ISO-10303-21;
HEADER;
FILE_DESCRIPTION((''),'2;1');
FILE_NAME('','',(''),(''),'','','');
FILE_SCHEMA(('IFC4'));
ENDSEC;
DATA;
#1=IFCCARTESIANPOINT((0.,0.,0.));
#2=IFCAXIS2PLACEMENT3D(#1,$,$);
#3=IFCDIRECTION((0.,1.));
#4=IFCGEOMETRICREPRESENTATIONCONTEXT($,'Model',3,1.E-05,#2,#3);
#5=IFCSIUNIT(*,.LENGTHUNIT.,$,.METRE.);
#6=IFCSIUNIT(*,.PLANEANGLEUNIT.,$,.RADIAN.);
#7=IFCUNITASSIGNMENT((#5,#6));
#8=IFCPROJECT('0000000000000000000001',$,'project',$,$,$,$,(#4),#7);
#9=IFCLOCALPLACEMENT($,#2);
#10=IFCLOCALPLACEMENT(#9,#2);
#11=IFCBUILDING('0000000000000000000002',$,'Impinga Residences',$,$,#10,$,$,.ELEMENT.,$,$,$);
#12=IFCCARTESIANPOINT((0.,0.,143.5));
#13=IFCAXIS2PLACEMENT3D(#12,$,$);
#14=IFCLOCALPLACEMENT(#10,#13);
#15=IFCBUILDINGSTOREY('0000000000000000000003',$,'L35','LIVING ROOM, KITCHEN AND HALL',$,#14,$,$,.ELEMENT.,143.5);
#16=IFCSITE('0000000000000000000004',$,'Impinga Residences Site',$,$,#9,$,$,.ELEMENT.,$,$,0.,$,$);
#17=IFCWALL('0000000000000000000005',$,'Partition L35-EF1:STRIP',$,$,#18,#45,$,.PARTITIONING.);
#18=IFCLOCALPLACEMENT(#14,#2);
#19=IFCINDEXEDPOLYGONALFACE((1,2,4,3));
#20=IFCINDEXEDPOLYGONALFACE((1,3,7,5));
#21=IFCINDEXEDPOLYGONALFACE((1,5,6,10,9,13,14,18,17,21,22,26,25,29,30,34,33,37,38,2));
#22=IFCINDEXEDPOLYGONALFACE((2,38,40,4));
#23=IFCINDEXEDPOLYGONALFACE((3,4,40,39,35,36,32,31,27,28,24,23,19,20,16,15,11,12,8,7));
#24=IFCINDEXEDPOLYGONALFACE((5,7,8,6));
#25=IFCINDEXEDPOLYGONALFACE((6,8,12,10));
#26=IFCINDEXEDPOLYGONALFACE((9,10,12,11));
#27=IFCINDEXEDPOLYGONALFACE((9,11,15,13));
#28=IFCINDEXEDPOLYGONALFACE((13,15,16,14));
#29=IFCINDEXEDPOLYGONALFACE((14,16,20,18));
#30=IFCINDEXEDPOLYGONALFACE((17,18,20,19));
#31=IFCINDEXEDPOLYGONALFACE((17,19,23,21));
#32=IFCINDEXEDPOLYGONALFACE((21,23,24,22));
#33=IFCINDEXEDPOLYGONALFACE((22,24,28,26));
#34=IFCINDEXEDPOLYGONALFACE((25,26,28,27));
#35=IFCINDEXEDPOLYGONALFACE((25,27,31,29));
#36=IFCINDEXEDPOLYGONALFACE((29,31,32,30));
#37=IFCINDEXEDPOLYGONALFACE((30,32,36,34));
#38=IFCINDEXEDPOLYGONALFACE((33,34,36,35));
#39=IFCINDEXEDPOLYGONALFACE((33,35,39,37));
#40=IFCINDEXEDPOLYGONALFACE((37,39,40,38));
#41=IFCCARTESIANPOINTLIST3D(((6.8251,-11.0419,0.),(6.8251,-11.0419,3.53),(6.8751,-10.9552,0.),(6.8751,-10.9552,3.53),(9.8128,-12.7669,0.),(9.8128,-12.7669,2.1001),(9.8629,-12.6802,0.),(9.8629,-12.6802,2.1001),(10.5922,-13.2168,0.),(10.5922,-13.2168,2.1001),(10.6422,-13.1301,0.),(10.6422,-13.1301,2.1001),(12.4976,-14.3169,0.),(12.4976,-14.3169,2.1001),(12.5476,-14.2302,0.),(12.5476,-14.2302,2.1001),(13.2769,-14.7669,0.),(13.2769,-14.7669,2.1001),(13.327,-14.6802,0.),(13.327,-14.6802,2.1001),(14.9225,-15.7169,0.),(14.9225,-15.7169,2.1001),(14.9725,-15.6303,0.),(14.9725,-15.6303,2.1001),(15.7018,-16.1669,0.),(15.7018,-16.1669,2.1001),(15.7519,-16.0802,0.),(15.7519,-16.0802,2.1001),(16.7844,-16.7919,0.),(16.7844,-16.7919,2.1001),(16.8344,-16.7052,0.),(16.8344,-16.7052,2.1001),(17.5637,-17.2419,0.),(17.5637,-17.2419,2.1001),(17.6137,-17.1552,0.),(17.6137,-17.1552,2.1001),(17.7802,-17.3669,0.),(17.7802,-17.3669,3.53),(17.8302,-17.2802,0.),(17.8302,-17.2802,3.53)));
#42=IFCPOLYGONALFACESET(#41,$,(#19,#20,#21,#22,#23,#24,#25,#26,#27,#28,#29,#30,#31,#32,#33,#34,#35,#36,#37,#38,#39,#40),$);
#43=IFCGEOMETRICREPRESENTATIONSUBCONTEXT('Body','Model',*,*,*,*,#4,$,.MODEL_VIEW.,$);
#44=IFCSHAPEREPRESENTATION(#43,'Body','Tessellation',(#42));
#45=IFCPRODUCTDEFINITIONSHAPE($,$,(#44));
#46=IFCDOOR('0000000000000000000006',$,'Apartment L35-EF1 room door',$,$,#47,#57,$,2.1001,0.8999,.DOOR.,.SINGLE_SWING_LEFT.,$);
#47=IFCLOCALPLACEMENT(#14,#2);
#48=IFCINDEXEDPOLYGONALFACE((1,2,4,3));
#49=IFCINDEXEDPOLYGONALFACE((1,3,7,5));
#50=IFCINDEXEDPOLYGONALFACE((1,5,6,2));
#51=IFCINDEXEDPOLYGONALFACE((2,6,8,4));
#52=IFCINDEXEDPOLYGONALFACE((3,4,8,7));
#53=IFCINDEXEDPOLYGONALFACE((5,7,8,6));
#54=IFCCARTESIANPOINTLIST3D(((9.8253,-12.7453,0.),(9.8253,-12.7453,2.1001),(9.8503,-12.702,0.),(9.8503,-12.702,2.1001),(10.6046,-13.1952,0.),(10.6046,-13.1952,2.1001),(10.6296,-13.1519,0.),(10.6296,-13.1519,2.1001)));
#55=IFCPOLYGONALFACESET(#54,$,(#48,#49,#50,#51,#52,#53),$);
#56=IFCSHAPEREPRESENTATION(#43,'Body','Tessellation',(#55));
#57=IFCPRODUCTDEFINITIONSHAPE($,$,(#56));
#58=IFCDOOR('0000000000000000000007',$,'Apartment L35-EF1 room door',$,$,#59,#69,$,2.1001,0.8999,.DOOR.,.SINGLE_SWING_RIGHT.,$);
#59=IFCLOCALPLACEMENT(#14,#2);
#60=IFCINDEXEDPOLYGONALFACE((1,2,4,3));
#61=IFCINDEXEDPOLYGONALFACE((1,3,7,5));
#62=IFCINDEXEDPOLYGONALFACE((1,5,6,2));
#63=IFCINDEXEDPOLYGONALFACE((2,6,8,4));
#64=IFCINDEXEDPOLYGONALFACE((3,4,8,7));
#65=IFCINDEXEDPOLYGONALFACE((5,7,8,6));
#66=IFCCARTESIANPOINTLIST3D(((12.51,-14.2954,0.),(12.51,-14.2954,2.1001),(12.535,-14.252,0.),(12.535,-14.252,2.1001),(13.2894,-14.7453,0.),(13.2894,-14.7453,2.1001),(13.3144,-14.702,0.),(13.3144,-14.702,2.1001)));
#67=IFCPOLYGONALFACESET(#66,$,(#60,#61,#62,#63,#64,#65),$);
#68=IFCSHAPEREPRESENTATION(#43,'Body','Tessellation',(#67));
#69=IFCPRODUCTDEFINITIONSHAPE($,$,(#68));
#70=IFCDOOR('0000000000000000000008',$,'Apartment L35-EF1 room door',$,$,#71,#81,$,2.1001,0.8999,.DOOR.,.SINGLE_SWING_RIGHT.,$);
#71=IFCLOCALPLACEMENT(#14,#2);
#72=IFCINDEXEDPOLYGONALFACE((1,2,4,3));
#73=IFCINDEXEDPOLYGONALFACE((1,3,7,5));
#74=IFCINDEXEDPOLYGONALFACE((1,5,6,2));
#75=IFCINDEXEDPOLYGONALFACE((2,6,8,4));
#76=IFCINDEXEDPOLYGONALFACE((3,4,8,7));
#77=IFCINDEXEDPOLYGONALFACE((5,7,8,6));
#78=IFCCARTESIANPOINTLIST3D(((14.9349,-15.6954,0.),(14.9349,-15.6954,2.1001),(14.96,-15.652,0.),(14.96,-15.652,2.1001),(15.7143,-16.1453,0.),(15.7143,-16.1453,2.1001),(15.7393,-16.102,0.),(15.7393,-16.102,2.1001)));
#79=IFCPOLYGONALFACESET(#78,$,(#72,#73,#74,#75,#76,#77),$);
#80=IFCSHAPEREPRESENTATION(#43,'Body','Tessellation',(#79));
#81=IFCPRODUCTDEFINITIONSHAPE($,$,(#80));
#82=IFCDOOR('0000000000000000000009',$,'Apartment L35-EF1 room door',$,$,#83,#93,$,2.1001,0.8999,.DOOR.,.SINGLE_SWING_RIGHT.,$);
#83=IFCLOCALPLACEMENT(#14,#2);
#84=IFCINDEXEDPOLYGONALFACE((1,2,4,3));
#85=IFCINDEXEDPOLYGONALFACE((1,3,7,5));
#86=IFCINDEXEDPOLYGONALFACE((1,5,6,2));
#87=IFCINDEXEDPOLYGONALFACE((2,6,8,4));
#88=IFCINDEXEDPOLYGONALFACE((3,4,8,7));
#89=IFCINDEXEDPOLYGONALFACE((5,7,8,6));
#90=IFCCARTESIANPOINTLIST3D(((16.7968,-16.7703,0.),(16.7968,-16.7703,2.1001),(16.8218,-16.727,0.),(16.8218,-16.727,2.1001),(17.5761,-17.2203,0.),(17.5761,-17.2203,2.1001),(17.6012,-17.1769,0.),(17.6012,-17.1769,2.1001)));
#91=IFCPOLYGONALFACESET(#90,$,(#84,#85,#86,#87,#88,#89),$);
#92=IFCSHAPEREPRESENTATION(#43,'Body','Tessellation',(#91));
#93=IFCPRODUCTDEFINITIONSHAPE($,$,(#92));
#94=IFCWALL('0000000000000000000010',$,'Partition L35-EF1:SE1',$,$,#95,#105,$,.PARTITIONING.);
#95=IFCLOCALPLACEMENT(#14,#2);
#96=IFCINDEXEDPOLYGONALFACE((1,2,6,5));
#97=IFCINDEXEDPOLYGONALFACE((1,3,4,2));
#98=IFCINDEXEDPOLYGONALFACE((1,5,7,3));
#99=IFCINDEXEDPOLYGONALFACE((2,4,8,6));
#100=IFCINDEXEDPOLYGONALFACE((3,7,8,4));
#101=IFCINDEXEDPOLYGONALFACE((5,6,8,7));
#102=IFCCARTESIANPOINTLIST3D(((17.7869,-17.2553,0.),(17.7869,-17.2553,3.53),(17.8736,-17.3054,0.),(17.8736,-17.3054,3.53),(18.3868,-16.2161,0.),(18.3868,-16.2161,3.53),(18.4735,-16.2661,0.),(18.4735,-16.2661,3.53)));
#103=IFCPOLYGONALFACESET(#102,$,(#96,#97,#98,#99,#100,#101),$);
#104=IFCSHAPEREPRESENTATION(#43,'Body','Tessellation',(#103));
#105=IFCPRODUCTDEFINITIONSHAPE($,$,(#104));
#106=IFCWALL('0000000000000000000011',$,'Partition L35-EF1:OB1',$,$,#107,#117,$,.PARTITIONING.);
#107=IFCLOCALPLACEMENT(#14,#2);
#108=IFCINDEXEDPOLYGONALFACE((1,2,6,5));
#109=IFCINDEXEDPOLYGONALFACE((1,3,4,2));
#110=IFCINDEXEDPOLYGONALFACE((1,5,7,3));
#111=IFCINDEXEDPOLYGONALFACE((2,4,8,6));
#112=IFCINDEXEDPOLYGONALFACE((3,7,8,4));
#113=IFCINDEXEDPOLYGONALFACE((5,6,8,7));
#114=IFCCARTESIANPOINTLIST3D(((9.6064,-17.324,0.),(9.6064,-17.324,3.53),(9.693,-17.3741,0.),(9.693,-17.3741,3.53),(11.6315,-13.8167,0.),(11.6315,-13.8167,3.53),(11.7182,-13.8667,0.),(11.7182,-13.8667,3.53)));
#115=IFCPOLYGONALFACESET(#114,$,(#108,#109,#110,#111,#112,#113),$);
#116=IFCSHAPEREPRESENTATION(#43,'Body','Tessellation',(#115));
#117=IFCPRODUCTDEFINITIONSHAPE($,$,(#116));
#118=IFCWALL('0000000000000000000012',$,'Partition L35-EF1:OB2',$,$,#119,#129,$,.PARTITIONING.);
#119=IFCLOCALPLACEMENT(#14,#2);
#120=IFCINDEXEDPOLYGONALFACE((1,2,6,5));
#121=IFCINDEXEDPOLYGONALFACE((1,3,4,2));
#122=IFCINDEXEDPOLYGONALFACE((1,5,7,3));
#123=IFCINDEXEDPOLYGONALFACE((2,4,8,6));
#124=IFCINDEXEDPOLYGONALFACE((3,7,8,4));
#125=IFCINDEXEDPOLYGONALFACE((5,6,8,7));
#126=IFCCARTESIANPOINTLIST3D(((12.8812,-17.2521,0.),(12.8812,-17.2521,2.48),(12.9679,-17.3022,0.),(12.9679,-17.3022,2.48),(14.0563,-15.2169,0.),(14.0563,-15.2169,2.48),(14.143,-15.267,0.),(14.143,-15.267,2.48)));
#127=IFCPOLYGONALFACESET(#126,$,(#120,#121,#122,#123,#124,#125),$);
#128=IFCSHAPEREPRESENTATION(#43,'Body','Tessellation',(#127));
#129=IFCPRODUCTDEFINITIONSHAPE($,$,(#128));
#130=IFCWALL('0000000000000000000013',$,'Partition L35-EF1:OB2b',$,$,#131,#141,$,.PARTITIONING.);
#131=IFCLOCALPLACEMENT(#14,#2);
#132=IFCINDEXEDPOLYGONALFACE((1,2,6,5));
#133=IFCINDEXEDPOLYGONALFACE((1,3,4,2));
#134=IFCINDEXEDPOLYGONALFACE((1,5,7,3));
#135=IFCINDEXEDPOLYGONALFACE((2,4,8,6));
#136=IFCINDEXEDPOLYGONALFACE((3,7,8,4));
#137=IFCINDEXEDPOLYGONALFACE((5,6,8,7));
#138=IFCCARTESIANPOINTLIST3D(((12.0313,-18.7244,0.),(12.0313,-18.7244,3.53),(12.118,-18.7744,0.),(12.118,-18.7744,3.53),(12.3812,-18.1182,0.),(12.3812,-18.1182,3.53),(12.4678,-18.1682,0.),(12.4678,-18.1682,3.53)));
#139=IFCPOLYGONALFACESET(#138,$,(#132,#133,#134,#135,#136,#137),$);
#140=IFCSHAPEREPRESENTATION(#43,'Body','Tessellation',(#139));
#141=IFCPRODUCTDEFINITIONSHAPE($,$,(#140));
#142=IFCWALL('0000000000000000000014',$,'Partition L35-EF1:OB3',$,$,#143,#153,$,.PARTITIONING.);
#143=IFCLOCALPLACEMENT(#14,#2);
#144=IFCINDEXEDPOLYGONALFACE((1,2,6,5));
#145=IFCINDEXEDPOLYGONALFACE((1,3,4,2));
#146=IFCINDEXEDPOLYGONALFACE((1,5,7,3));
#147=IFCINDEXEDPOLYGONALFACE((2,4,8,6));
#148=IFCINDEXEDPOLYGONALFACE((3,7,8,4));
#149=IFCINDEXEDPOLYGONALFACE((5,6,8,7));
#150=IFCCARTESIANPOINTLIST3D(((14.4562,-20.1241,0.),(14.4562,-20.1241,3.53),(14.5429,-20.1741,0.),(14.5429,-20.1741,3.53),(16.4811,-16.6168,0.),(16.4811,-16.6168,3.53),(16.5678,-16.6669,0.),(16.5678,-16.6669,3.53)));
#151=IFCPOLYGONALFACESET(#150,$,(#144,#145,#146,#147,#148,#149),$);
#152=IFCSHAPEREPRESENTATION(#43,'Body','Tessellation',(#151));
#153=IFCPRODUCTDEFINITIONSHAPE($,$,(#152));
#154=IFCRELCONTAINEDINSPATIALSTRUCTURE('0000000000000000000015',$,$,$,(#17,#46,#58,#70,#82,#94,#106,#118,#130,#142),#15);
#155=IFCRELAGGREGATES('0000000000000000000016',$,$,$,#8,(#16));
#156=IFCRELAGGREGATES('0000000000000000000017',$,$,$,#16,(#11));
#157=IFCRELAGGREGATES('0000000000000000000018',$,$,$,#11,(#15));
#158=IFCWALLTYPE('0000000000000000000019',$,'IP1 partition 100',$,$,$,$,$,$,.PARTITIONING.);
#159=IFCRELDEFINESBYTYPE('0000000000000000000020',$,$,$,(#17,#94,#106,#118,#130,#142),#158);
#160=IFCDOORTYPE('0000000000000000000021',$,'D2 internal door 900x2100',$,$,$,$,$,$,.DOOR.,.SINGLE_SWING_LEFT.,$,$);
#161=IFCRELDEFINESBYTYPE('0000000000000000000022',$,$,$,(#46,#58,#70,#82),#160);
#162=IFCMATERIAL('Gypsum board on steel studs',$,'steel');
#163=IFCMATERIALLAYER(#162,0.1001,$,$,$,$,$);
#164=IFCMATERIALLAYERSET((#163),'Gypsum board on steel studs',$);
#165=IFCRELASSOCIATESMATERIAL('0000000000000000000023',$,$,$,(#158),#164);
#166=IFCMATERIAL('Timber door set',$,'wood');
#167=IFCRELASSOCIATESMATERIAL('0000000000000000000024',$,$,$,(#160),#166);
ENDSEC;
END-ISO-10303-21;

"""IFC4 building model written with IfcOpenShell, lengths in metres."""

from ifc_helpers import new_model, si_unit, direction, frame, frame_2d, origin, place, context, subcontext, project, spatial, rectangle, extrude, material, layer, layer_set, type_object, element, fill, save


model = new_model("IFC4")

# Units and contexts
model_context = context("Model", 3, precision=1e-05, world=origin(), true_north=direction((0.0, 1.0)))
body_context = subcontext(model_context, "Body", "Model", "MODEL_VIEW")
ifc_project = project(units=[si_unit("LENGTHUNIT", "METRE"), si_unit("PLANEANGLEUNIT", "RADIAN")], contexts=[model_context])

# Site, building, storey
site_placement = place(None, origin())
site = spatial("IfcSite", under=ifc_project, at=site_placement, Name="Impinga Residences Site", CompositionType="ELEMENT", RefElevation=0.0)
building_placement = place(site_placement, origin())
building = spatial("IfcBuilding", under=site, at=building_placement, Name="Impinga Residences", CompositionType="ELEMENT")
storey_placement = place(building_placement, frame((0.0, 0.0, 143.5)))
storey = spatial("IfcBuildingStorey", under=building, at=storey_placement, Name="L35", Description="LIVING ROOM, KITCHEN AND HALL", CompositionType="ELEMENT", Elevation=143.5)

# Shared definitions
ifc_material_1 = material(Name="Gypsum board on steel studs", Category="steel")
ifc_layer_1 = layer(ifc_material_1, 0.1001)
ifc_layer_set_1 = layer_set([ifc_layer_1], Name="Gypsum board on steel studs")
wall_type_1 = type_object("IfcWallType", Name="IP1 partition 100", PredefinedType="PARTITIONING", material=ifc_layer_set_1)

# Wall, openings, doors
wall_1_placement = place(storey_placement, frame((6.8501, -10.9985, 0.0), z_axis=(0.0, 0.0, 1.0), x_axis=(0.866024, -0.500002, 0.0)))
wall_1 = element("IfcWall", 1, at=wall_1_placement, inside=storey, type_object=wall_type_1, Name="Partition L35-EF1:STRIP", PredefinedType="PARTITIONING", context=body_context, shape_type="SweptSolid", body=[
    extrude(rectangle(XDim=12.6499, YDim=0.1001, at=frame_2d((6.325, 0.0))), origin(), (0.0, 0.0, 1.0), 3.53),
])
opening_1_placement = place(wall_1_placement, frame((3.45, 0.0, 0.0)))
opening_1 = element("IfcOpeningElement", 2, at=opening_1_placement, cuts=wall_1, PredefinedType="OPENING", context=body_context, shape_type="SweptSolid", body=[
    extrude(rectangle(XDim=0.8999, YDim=2.1001, at=frame_2d((0.45, 1.05))), frame((0.0, 0.0601, 0.0), z_axis=(0.0, -1.0, 0.0), x_axis=(1.0, 0.0, 0.0)), (0.0, 0.0, 1.0), 0.1201),
])
opening_2_placement = place(wall_1_placement, frame((6.55, 0.0, 0.0)))
opening_2 = element("IfcOpeningElement", 3, at=opening_2_placement, cuts=wall_1, PredefinedType="OPENING", context=body_context, shape_type="SweptSolid", body=[
    extrude(rectangle(XDim=0.8999, YDim=2.1001, at=frame_2d((0.45, 1.05))), frame((0.0, 0.0601, 0.0), z_axis=(0.0, -1.0, 0.0), x_axis=(1.0, 0.0, 0.0)), (0.0, 0.0, 1.0), 0.1201),
])
opening_3_placement = place(wall_1_placement, frame((9.3501, 0.0, 0.0)))
opening_3 = element("IfcOpeningElement", 4, at=opening_3_placement, cuts=wall_1, PredefinedType="OPENING", context=body_context, shape_type="SweptSolid", body=[
    extrude(rectangle(XDim=0.8999, YDim=2.1001, at=frame_2d((0.45, 1.05))), frame((0.0, 0.0601, 0.0), z_axis=(0.0, -1.0, 0.0), x_axis=(1.0, 0.0, 0.0)), (0.0, 0.0, 1.0), 0.1201),
])
opening_4_placement = place(wall_1_placement, frame((11.5, 0.0, 0.0)))
opening_4 = element("IfcOpeningElement", 5, at=opening_4_placement, cuts=wall_1, PredefinedType="OPENING", context=body_context, shape_type="SweptSolid", body=[
    extrude(rectangle(XDim=0.8999, YDim=2.1001, at=frame_2d((0.45, 1.05))), frame((0.0, 0.0601, 0.0), z_axis=(0.0, -1.0, 0.0), x_axis=(1.0, 0.0, 0.0)), (0.0, 0.0, 1.0), 0.1201),
])
ifc_material_2 = material(Name="Timber door set", Category="wood")
door_type = type_object("IfcDoorType", Name="D2 internal door 900x2100", OperationType="SINGLE_SWING_LEFT", PredefinedType="DOOR", material=ifc_material_2)
door_1_placement = place(opening_1_placement, origin())
door_1 = element("IfcDoor", 6, at=door_1_placement, inside=storey, type_object=door_type, Name="Apartment L35-EF1 room door", OperationType="SINGLE_SWING_LEFT", OverallHeight=2.1001, OverallWidth=0.8999, PredefinedType="DOOR", context=body_context, shape_type="SweptSolid", body=[
    extrude(rectangle(XDim=0.8999, YDim=2.1001, at=frame_2d((0.45, 1.05))), frame((0.0, 0.0249, 0.0), z_axis=(0.0, -1.0, 0.0), x_axis=(1.0, 0.0, 0.0)), (0.0, 0.0, 1.0), 0.05),
])
fill(opening_1, door_1)
door_2_placement = place(opening_2_placement, origin())
door_2 = element("IfcDoor", 7, at=door_2_placement, inside=storey, type_object=door_type, Name="Apartment L35-EF1 room door", OperationType="SINGLE_SWING_RIGHT", OverallHeight=2.1001, OverallWidth=0.8999, PredefinedType="DOOR", context=body_context, shape_type="SweptSolid", body=[
    extrude(rectangle(XDim=0.8999, YDim=2.1001, at=frame_2d((0.45, 1.05))), frame((0.0, 0.0249, 0.0), z_axis=(0.0, -1.0, 0.0), x_axis=(1.0, 0.0, 0.0)), (0.0, 0.0, 1.0), 0.05),
])
fill(opening_2, door_2)
door_3_placement = place(opening_3_placement, origin())
door_3 = element("IfcDoor", 8, at=door_3_placement, inside=storey, type_object=door_type, Name="Apartment L35-EF1 room door", OperationType="SINGLE_SWING_RIGHT", OverallHeight=2.1001, OverallWidth=0.8999, PredefinedType="DOOR", context=body_context, shape_type="SweptSolid", body=[
    extrude(rectangle(XDim=0.8999, YDim=2.1001, at=frame_2d((0.45, 1.05))), frame((0.0, 0.0249, 0.0), z_axis=(0.0, -1.0, 0.0), x_axis=(1.0, 0.0, 0.0)), (0.0, 0.0, 1.0), 0.05),
])
fill(opening_3, door_3)
door_4_placement = place(opening_4_placement, origin())
door_4 = element("IfcDoor", 9, at=door_4_placement, inside=storey, type_object=door_type, Name="Apartment L35-EF1 room door", OperationType="SINGLE_SWING_RIGHT", OverallHeight=2.1001, OverallWidth=0.8999, PredefinedType="DOOR", context=body_context, shape_type="SweptSolid", body=[
    extrude(rectangle(XDim=0.8999, YDim=2.1001, at=frame_2d((0.45, 1.05))), frame((0.0, 0.0249, 0.0), z_axis=(0.0, -1.0, 0.0), x_axis=(1.0, 0.0, 0.0)), (0.0, 0.0, 1.0), 0.05),
])
fill(opening_4, door_4)

# Walls
wall_2_placement = place(storey_placement, frame((18.4302, -16.241, 0.0), z_axis=(0.0, 0.0, 1.0), x_axis=(-0.499881, -0.866094, 0.0)))
element("IfcWall", 10, at=wall_2_placement, inside=storey, type_object=wall_type_1, Name="Partition L35-EF1:SE1", PredefinedType="PARTITIONING", context=body_context, shape_type="SweptSolid", body=[
    extrude(rectangle(XDim=1.2, YDim=0.1001, at=frame_2d((0.6001, 0.0))), origin(), (0.0, 0.0, 1.0), 3.53),
])
wall_3_placement = place(storey_placement, frame((11.6748, -13.8418, 0.0), z_axis=(0.0, 0.0, 1.0), x_axis=(-0.500036, -0.866005, 0.0)))
element("IfcWall", 11, at=wall_3_placement, inside=storey, type_object=wall_type_1, Name="Partition L35-EF1:OB1", PredefinedType="PARTITIONING", context=body_context, shape_type="SweptSolid", body=[
    extrude(rectangle(XDim=4.05, YDim=0.1001, at=frame_2d((2.0249, 0.0))), origin(), (0.0, 0.0, 1.0), 3.53),
])
wall_4_placement = place(storey_placement, frame((14.0996, -15.2419, 0.0), z_axis=(0.0, 0.0, 1.0), x_axis=(-0.500016, -0.866016, 0.0)))
element("IfcWall", 12, at=wall_4_placement, inside=storey, type_object=wall_type_1, Name="Partition L35-EF1:OB2", PredefinedType="PARTITIONING", context=body_context, shape_type="SweptSolid", body=[
    extrude(rectangle(XDim=2.3501, YDim=0.1001, at=frame_2d((1.175, 0.0))), origin(), (0.0, 0.0, 1.0), 2.48),
])
wall_5_placement = place(storey_placement, frame((12.4246, -18.1431, 0.0), z_axis=(0.0, 0.0, 1.0), x_axis=(-0.499853, -0.86611, 0.0)))
element("IfcWall", 13, at=wall_5_placement, inside=storey, type_object=wall_type_1, Name="Partition L35-EF1:OB2b", PredefinedType="PARTITIONING", context=body_context, shape_type="SweptSolid", body=[
    extrude(rectangle(XDim=0.7, YDim=0.1001, at=frame_2d((0.3501, 0.0))), origin(), (0.0, 0.0, 1.0), 3.53),
])
wall_6_placement = place(storey_placement, frame((16.5244, -16.6418, 0.0), z_axis=(0.0, 0.0, 1.0), x_axis=(-0.49999, -0.866031, 0.0)))
element("IfcWall", 14, at=wall_6_placement, inside=storey, type_object=wall_type_1, Name="Partition L35-EF1:OB3", PredefinedType="PARTITIONING", context=body_context, shape_type="SweptSolid", body=[
    extrude(rectangle(XDim=4.0498, YDim=0.1001, at=frame_2d((2.0249, 0.0))), origin(), (0.0, 0.0, 1.0), 3.53),
])

save(model, "model.ifc")
